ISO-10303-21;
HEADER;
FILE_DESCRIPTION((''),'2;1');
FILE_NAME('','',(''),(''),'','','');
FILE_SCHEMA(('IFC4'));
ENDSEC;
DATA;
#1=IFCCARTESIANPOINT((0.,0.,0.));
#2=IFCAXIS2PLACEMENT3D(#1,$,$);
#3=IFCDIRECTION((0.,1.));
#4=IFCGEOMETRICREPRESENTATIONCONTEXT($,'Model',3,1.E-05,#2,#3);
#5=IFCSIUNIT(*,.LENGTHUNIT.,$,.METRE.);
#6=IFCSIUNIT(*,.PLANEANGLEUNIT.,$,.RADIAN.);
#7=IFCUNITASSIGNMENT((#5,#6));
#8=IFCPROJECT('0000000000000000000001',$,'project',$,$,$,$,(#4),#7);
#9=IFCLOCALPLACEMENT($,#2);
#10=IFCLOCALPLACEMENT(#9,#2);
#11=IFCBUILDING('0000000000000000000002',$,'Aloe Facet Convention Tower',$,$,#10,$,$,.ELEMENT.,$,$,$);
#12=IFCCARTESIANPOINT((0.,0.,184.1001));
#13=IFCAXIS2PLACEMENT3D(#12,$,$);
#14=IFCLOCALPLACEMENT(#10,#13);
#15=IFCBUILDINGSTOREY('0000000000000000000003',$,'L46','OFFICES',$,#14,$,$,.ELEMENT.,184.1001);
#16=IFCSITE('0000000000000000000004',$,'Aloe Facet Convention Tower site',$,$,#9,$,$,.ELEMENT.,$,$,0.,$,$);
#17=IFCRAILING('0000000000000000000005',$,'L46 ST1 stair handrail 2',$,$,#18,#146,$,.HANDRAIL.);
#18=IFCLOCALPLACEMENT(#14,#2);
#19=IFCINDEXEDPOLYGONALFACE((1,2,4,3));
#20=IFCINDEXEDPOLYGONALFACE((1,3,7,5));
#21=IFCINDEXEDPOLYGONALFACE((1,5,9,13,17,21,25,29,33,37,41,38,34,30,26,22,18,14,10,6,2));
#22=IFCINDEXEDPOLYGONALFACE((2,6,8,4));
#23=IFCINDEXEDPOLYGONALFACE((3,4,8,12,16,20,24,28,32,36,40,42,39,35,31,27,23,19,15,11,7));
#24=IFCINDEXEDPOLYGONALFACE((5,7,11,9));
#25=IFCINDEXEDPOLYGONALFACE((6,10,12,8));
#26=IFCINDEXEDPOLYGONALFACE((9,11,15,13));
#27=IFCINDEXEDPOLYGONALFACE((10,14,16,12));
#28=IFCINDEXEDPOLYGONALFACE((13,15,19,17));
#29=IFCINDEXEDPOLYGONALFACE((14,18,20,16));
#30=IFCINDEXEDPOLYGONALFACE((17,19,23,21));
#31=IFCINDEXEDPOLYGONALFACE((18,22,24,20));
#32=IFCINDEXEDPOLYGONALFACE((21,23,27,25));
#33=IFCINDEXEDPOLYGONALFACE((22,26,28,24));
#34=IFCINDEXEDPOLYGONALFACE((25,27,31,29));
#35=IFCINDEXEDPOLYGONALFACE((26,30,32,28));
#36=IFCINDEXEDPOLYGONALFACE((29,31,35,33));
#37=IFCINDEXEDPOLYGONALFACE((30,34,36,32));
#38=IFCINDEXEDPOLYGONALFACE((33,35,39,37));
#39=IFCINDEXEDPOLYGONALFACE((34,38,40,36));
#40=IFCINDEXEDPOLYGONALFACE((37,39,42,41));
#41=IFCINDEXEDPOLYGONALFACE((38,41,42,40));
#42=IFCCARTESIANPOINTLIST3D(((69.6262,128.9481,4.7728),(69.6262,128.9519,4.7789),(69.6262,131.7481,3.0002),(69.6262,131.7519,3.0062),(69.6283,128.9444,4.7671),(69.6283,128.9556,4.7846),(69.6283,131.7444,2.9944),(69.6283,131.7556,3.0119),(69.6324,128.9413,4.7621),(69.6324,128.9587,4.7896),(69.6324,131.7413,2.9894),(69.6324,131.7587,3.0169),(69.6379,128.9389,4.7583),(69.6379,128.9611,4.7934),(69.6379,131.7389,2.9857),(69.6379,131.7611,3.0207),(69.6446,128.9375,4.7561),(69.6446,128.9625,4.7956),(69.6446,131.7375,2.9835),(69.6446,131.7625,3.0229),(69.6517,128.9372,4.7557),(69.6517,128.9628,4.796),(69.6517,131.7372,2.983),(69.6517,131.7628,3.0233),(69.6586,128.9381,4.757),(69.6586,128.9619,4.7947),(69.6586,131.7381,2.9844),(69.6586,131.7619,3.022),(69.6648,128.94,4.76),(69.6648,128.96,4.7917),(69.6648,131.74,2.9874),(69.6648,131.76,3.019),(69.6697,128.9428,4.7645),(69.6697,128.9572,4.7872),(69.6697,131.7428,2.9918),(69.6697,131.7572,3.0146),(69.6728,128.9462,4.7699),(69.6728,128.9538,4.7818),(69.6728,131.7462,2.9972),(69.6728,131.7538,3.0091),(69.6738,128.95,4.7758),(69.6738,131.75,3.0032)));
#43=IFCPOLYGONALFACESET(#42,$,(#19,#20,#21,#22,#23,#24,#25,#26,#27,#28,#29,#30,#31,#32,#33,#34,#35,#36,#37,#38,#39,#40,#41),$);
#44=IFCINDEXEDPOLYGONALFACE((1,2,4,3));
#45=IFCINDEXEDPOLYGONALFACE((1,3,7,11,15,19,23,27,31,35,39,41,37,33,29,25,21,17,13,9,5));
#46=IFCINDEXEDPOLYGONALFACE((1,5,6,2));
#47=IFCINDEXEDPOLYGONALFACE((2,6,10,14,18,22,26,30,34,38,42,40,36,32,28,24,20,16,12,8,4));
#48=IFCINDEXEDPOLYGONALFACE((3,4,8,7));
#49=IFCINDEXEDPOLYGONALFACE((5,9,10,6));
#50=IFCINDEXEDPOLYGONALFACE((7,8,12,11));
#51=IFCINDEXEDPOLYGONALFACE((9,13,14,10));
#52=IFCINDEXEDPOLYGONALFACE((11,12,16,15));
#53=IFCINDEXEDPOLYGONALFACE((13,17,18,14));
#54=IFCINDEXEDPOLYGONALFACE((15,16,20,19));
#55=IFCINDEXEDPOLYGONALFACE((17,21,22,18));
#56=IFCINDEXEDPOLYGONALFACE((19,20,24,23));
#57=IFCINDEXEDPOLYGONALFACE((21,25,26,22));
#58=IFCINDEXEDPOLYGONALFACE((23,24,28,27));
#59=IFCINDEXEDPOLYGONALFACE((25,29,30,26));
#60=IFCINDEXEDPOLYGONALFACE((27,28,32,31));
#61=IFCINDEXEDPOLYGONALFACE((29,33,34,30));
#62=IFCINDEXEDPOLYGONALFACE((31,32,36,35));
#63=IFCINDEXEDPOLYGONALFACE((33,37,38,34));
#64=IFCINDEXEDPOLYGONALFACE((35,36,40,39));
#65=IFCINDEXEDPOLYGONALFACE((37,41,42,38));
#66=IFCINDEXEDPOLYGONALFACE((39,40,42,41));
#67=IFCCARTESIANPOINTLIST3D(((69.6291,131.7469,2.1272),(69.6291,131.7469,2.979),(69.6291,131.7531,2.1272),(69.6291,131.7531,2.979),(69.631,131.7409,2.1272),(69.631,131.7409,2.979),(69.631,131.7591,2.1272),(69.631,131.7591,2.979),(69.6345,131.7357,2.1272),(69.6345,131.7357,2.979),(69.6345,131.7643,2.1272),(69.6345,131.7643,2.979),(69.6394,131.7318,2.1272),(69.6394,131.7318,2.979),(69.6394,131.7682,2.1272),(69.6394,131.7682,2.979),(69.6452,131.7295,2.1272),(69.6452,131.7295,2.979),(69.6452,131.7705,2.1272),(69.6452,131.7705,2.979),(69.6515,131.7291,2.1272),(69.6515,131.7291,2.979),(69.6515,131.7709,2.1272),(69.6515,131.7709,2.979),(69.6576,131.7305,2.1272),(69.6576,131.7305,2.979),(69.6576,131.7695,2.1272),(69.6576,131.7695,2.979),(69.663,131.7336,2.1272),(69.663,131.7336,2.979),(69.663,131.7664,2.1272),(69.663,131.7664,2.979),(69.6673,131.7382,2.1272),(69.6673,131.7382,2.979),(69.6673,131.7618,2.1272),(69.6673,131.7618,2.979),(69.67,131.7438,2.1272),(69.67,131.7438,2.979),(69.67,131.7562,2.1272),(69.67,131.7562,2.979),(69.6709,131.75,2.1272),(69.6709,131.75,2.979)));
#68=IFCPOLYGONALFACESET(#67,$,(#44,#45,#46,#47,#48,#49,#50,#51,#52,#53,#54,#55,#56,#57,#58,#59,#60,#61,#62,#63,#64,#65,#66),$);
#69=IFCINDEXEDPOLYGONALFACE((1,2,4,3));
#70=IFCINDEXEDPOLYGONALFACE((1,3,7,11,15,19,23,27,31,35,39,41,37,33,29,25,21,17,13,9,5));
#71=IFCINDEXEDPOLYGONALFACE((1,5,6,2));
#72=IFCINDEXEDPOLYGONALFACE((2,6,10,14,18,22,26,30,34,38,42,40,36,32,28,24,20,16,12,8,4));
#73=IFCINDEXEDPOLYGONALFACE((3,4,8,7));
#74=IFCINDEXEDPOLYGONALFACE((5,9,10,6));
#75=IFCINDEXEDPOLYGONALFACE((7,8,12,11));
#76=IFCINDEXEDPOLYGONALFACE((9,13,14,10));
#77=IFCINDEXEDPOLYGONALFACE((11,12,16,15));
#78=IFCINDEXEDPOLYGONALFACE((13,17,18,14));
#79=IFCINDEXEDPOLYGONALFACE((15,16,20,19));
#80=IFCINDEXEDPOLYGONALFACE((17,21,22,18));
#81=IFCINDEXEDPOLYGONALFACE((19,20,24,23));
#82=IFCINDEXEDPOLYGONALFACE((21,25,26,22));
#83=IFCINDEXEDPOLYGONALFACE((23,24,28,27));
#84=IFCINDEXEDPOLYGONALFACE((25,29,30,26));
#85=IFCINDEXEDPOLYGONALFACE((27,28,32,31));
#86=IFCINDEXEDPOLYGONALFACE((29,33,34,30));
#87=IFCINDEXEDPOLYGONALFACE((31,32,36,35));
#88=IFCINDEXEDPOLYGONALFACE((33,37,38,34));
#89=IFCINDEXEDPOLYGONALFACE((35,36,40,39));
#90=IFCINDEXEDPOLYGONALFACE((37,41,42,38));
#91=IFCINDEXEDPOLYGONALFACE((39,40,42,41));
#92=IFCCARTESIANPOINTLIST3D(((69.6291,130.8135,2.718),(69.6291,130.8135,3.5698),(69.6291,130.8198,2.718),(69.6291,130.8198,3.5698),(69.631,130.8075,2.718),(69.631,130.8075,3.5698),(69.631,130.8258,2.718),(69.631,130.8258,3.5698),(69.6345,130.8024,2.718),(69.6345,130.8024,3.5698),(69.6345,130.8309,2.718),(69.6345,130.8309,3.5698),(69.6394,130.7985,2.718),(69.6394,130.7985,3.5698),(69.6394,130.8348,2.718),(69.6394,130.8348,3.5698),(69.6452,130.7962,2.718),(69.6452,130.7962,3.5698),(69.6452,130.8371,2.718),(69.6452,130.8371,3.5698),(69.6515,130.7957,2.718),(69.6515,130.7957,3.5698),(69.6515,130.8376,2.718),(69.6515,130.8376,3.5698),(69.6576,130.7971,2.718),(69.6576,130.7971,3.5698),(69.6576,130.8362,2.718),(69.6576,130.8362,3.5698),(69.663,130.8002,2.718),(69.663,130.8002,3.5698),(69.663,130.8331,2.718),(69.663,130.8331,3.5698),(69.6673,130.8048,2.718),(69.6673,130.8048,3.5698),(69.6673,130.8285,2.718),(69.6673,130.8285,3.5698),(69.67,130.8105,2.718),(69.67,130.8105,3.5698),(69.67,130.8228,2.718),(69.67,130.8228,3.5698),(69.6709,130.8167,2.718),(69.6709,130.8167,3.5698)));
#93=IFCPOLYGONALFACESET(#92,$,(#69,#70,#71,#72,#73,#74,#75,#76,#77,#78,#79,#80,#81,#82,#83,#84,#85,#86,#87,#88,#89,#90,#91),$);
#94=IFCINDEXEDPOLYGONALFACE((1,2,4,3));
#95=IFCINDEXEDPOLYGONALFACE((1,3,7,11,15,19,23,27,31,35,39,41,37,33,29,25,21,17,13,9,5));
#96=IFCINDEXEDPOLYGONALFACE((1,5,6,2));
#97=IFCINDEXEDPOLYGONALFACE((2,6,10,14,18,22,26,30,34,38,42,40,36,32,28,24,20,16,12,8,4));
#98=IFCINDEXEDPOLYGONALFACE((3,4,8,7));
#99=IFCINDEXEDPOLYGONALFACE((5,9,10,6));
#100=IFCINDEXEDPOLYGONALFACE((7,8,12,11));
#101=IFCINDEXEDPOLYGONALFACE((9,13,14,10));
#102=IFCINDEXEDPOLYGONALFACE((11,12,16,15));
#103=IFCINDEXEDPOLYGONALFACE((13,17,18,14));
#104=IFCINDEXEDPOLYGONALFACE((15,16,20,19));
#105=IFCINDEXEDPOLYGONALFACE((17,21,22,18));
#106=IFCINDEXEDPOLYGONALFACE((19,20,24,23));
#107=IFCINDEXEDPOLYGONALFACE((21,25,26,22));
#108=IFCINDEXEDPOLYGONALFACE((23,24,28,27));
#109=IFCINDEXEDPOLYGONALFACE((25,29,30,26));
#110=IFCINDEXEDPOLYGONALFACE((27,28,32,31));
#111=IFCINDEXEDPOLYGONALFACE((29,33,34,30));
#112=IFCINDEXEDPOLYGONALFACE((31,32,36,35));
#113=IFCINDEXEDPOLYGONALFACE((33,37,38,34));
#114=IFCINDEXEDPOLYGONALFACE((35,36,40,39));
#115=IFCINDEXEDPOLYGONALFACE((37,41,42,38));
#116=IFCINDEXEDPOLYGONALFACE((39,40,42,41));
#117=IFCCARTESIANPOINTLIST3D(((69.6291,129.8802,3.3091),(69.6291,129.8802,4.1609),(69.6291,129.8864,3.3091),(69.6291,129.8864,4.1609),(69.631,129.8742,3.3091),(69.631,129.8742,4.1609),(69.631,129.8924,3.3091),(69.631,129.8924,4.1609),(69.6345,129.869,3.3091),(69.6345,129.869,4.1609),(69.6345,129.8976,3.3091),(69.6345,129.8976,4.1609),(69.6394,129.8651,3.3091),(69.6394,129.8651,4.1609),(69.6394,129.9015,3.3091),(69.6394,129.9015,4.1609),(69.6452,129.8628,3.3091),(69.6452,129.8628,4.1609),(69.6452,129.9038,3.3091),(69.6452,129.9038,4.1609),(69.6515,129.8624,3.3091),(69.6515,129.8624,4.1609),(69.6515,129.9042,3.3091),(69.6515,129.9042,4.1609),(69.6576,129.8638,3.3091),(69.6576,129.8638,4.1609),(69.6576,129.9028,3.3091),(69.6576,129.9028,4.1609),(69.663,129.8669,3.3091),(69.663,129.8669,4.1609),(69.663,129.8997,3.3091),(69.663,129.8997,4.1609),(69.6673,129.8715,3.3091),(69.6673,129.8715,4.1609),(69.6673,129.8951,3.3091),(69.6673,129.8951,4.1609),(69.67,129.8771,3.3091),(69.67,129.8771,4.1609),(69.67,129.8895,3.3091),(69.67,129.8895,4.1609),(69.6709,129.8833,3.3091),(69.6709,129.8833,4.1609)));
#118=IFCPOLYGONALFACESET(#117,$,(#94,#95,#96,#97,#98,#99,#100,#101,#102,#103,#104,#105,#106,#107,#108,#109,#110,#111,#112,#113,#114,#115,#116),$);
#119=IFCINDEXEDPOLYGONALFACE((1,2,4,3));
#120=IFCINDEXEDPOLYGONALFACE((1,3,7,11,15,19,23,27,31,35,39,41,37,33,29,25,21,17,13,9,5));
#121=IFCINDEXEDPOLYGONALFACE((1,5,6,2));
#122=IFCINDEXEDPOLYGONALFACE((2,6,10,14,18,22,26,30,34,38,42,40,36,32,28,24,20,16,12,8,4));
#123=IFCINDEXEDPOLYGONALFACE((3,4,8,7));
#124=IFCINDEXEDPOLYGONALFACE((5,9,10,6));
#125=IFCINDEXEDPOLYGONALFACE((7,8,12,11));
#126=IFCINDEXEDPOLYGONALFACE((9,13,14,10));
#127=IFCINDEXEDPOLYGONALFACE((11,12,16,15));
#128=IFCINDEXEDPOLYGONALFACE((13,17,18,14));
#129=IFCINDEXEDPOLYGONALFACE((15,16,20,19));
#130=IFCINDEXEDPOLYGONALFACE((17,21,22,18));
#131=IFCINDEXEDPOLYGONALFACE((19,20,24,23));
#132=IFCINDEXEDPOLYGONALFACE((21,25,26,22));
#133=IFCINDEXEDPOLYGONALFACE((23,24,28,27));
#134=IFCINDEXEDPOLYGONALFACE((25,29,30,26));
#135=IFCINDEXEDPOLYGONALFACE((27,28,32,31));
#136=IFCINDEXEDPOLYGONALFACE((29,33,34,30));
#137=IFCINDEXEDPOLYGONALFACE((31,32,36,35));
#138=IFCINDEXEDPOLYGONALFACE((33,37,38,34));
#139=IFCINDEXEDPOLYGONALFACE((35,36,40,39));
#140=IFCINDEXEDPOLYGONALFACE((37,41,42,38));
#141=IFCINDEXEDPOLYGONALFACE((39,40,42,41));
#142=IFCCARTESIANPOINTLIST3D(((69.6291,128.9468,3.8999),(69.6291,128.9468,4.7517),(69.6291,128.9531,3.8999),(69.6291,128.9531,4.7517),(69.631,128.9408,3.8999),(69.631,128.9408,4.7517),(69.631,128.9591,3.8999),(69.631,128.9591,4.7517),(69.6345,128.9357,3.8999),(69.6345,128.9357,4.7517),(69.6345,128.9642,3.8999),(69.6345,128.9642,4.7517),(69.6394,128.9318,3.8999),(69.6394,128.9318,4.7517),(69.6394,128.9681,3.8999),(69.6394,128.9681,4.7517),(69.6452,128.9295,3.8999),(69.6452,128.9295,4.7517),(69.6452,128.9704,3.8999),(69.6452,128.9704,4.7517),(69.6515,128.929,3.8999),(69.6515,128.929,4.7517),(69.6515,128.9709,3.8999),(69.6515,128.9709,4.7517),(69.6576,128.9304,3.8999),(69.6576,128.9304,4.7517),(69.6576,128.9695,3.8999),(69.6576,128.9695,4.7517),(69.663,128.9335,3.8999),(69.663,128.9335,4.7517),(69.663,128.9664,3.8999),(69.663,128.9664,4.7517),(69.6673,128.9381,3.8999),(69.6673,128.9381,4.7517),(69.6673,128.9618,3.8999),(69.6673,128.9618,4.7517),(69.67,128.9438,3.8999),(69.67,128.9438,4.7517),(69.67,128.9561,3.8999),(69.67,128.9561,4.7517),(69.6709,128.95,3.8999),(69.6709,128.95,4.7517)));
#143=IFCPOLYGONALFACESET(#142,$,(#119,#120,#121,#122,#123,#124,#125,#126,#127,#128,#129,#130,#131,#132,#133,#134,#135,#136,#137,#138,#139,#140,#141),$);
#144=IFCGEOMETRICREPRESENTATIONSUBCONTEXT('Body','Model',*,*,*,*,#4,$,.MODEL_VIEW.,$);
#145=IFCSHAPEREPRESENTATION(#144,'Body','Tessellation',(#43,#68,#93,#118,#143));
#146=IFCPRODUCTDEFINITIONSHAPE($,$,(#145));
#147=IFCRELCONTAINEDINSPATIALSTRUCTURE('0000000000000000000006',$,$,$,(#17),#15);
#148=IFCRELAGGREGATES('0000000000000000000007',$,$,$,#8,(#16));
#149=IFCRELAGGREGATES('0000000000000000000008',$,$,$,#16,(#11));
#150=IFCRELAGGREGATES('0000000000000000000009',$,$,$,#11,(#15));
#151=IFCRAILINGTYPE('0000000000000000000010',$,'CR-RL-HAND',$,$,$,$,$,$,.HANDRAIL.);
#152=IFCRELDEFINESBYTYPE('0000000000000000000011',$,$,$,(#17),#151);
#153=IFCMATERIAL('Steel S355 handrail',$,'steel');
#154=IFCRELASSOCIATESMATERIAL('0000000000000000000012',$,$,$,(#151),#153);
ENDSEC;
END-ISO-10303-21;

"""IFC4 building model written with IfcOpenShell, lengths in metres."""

from ifc_helpers import new_model, si_unit, direction, frame, origin, origin_2d, place, context, subcontext, project, spatial, circle, extrude, material, type_object, element, save


model = new_model("IFC4")

# Units and contexts
model_context = context("Model", 3, precision=1e-05, world=origin(), true_north=direction((0.0, 1.0)))
body_context = subcontext(model_context, "Body", "Model", "MODEL_VIEW")
ifc_project = project(units=[si_unit("LENGTHUNIT", "METRE"), si_unit("PLANEANGLEUNIT", "RADIAN")], contexts=[model_context])

# Site, building, storey
site_placement = place(None, origin())
site = spatial("IfcSite", under=ifc_project, at=site_placement, Name="Aloe Facet Convention Tower site", CompositionType="ELEMENT", RefElevation=0.0)
building_placement = place(site_placement, origin())
building = spatial("IfcBuilding", under=site, at=building_placement, Name="Aloe Facet Convention Tower", CompositionType="ELEMENT")
storey_placement = place(building_placement, frame((0.0, 0.0, 184.1001)))
storey = spatial("IfcBuildingStorey", under=building, at=storey_placement, Name="L46", Description="OFFICES", CompositionType="ELEMENT", Elevation=184.1001)

# Railing
ifc_material_1 = material(Name="Steel S355 handrail", Category="steel")
railing_type_1 = type_object("IfcRailingType", Name="CR-RL-HAND", PredefinedType="HANDRAIL", material=ifc_material_1)
railing_1_placement = place(storey_placement, frame((69.6499, 131.75, 2.1272)))
element("IfcRailing", 1, at=railing_1_placement, inside=storey, type_object=railing_type_1, Name="L46 ST1 stair handrail 2", PredefinedType="HANDRAIL", context=body_context, shape_type="SweptSolid", body=[
    extrude(circle(Radius=0.0239, at=origin_2d()), frame((0.0, 0.0, 0.876), z_axis=(0.0, -0.844909, 0.53491), x_axis=(1.0, 0.0, 0.0)), (0.0, 0.0, 1.0), 3.314),
    extrude(circle(Radius=0.021, at=origin_2d()), origin(), (0.0, 0.0, 1.0), 0.8518),
    extrude(circle(Radius=0.021, at=origin_2d()), frame((0.0, -0.9333, 0.5908)), (0.0, 0.0, 1.0), 0.8518),
    extrude(circle(Radius=0.021, at=origin_2d()), frame((0.0, -1.8667, 1.1819)), (0.0, 0.0, 1.0), 0.8518),
    extrude(circle(Radius=0.021, at=origin_2d()), frame((0.0, -2.8, 1.7727)), (0.0, 0.0, 1.0), 0.8518),
])

save(model, "model.ifc")
